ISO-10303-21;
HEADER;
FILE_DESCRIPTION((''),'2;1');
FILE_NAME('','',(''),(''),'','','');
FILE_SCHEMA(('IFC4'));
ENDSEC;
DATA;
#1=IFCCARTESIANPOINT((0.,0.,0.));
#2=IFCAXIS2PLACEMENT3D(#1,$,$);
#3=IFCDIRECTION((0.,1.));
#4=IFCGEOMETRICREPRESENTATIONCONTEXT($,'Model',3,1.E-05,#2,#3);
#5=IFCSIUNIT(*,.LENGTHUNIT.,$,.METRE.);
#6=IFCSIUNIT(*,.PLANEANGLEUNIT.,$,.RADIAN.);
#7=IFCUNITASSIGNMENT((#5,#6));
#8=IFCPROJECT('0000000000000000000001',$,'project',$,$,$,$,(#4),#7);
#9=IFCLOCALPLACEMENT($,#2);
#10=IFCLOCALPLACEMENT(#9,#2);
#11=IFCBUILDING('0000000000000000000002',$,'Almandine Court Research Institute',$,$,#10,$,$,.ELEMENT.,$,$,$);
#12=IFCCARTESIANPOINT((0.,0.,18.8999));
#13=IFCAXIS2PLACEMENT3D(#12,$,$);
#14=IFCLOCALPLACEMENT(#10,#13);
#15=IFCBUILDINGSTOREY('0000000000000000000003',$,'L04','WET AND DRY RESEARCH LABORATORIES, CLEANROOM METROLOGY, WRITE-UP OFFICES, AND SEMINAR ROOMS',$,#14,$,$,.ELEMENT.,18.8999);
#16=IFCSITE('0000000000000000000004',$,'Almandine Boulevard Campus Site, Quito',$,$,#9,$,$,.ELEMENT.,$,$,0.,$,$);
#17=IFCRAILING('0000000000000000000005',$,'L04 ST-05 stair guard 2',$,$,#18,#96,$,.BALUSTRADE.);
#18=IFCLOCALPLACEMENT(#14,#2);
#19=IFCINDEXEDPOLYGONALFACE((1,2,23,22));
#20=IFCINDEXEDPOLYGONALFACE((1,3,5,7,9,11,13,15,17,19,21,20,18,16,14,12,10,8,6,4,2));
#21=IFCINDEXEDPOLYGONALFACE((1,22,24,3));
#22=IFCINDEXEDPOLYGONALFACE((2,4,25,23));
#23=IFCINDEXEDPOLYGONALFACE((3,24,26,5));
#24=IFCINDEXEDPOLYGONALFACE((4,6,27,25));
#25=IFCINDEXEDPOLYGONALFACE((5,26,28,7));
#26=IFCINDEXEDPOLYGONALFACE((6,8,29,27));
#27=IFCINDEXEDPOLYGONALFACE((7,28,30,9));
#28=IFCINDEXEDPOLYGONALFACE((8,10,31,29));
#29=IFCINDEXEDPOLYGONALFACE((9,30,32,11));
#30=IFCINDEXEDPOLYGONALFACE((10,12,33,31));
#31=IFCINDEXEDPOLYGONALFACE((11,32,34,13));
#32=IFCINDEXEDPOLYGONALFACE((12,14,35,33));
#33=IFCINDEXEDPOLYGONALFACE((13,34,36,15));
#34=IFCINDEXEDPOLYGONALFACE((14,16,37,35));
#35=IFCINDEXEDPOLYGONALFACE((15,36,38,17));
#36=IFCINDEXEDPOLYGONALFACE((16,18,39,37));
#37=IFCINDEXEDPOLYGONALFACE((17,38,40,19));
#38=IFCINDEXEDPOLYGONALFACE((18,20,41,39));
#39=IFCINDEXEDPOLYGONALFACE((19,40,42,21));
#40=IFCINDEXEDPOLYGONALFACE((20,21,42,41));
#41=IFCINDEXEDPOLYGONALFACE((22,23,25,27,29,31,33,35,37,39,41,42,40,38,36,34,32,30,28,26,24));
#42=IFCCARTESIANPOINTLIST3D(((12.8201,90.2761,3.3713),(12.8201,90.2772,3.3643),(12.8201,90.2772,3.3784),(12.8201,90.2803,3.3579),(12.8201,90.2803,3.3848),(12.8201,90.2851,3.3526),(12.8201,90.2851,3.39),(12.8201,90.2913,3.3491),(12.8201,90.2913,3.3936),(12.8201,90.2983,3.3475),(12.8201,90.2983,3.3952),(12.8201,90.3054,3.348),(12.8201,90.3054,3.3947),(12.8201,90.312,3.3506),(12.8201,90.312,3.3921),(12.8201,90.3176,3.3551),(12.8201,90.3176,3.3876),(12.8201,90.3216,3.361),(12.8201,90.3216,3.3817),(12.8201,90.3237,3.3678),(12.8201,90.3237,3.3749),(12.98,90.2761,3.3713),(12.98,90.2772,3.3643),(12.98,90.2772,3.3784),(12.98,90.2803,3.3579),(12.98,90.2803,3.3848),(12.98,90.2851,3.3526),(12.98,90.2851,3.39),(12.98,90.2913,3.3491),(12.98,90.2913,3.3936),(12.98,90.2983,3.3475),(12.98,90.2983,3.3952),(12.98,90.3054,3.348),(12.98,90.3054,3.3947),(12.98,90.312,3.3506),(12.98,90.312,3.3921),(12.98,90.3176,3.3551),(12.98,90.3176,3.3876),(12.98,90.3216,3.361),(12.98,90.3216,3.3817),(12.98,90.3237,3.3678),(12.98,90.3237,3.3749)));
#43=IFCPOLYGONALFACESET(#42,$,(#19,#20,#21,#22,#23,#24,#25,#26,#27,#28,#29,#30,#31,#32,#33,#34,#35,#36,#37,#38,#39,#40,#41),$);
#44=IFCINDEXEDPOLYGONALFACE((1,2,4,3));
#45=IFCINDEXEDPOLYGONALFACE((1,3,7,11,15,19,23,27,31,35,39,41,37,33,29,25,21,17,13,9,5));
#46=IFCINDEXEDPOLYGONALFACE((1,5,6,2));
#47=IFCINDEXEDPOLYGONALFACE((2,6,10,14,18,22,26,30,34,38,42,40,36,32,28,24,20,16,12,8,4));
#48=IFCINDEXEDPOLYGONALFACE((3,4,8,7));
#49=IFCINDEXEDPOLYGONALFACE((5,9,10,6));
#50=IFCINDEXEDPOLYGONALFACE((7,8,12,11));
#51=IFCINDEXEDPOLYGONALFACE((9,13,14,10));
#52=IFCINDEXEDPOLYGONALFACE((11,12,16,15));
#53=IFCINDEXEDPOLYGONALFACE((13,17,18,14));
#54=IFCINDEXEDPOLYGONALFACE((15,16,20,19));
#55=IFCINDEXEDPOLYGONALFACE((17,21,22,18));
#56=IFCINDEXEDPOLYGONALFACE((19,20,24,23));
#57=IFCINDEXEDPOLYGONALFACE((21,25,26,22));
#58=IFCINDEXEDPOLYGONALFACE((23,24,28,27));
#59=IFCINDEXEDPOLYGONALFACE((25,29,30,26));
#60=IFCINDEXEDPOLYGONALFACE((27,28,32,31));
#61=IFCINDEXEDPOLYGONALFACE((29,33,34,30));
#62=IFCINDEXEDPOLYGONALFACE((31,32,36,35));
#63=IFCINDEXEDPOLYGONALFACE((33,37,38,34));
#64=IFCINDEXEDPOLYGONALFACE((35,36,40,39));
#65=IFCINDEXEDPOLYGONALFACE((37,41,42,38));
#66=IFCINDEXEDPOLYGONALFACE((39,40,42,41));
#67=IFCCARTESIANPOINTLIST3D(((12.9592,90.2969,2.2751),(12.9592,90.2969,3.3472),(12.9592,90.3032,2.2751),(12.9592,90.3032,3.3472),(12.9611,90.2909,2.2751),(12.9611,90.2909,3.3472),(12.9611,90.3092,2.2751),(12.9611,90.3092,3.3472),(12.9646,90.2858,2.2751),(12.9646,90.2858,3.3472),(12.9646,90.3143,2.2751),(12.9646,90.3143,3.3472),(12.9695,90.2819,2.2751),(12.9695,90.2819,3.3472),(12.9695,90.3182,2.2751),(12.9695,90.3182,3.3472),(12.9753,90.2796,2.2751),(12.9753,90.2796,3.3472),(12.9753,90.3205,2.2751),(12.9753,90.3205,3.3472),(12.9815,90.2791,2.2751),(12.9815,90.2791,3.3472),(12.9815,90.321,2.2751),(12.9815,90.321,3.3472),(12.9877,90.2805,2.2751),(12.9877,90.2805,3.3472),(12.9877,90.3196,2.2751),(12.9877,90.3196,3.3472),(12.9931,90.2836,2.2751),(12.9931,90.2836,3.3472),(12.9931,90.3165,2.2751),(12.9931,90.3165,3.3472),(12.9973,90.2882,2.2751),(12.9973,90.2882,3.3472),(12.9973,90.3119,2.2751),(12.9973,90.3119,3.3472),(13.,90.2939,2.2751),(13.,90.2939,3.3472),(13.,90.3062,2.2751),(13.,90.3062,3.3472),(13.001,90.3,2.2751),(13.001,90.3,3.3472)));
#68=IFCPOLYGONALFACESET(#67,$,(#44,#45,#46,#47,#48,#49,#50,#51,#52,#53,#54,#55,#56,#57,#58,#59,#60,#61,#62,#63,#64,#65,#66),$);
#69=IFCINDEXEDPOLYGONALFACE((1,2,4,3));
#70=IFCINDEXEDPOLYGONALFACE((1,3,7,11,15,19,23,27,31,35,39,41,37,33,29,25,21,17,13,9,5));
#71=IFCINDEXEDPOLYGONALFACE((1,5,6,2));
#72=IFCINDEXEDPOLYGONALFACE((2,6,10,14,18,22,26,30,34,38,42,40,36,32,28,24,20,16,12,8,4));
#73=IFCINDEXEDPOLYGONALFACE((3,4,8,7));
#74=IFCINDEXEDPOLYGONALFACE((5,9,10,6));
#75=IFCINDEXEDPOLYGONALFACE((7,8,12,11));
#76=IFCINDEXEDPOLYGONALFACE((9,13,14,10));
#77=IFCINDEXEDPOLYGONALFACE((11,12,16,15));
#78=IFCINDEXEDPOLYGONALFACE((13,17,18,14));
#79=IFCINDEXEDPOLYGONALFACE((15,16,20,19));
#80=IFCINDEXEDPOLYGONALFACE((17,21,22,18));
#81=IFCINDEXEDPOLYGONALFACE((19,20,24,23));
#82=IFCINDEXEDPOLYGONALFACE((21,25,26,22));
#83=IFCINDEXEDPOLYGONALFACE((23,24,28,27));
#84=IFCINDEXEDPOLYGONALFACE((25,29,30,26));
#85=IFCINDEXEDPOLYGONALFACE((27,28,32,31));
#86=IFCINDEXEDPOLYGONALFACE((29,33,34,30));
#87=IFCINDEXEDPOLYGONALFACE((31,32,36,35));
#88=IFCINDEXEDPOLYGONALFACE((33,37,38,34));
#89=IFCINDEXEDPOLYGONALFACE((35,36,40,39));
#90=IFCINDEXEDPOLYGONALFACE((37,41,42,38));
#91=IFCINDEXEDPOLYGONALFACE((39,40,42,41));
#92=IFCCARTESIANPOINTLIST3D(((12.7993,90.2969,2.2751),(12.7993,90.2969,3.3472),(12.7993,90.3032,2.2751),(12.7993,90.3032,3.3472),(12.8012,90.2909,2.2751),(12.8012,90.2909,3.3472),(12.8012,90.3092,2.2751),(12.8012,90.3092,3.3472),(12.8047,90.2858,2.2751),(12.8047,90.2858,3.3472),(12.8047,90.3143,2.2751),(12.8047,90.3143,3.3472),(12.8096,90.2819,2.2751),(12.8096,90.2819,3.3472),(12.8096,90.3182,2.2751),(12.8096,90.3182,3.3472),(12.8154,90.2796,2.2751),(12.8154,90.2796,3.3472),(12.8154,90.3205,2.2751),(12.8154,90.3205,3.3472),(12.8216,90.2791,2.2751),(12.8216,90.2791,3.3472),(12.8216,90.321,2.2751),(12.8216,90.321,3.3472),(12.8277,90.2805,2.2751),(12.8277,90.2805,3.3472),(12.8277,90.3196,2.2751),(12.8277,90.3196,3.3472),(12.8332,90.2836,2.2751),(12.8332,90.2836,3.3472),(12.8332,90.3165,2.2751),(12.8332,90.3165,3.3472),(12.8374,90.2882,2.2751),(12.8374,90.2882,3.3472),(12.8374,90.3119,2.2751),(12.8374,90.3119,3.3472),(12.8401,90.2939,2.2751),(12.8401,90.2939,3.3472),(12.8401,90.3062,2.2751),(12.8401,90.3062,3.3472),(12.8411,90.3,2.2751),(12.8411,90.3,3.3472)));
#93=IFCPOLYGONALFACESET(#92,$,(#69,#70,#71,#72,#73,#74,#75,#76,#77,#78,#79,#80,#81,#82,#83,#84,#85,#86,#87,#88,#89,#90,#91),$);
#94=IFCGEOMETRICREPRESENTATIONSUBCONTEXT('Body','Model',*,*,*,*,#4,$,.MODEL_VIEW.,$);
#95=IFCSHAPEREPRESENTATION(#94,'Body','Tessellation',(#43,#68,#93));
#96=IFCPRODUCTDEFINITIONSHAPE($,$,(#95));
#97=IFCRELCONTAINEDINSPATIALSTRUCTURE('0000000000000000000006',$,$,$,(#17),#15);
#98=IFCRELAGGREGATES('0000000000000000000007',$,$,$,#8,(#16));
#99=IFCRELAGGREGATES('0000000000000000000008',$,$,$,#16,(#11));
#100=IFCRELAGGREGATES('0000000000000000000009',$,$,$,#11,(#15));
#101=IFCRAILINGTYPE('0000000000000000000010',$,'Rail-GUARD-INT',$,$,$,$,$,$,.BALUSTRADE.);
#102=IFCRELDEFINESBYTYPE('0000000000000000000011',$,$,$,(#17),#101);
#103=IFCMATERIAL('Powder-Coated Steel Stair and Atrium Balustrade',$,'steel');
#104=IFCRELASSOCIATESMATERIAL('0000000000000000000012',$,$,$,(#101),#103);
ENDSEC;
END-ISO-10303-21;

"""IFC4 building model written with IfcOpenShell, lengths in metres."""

from ifc_helpers import new_model, si_unit, direction, frame, origin, origin_2d, place, context, subcontext, project, spatial, circle, extrude, material, type_object, element, save


model = new_model("IFC4")

# Units and contexts
model_context = context("Model", 3, precision=1e-05, world=origin(), true_north=direction((0.0, 1.0)))
body_context = subcontext(model_context, "Body", "Model", "MODEL_VIEW")
ifc_project = project(units=[si_unit("LENGTHUNIT", "METRE"), si_unit("PLANEANGLEUNIT", "RADIAN")], contexts=[model_context])

# Site, building, storey
site_placement = place(None, origin())
site = spatial("IfcSite", under=ifc_project, at=site_placement, Name="Almandine Boulevard Campus Site, Quito", CompositionType="ELEMENT", RefElevation=0.0)
building_placement = place(site_placement, origin())
building = spatial("IfcBuilding", under=site, at=building_placement, Name="Almandine Court Research Institute", CompositionType="ELEMENT")
storey_placement = place(building_placement, frame((0.0, 0.0, 18.8999)))
storey = spatial("IfcBuildingStorey", under=building, at=storey_placement, Name="L04", Description="WET AND DRY RESEARCH LABORATORIES, CLEANROOM METROLOGY, WRITE-UP OFFICES, AND SEMINAR ROOMS", CompositionType="ELEMENT", Elevation=18.8999)

# Railing
ifc_material_1 = material(Name="Powder-Coated Steel Stair and Atrium Balustrade", Category="steel")
railing_type_1 = type_object("IfcRailingType", Name="Rail-GUARD-INT", PredefinedType="BALUSTRADE", material=ifc_material_1)
railing_1_placement = place(storey_placement, frame((12.98, 90.3, 2.2751)))
element("IfcRailing", 1, at=railing_1_placement, inside=storey, type_object=railing_type_1, Name="L04 ST-05 stair guard 2", PredefinedType="BALUSTRADE", context=body_context, shape_type="SweptSolid", body=[
    extrude(circle(Radius=0.0239, at=origin_2d()), frame((0.0, 0.0, 1.0962), z_axis=(-1.0, 0.0, 0.0), x_axis=(0.0, -1.0, 0.0)), (0.0, 0.0, 1.0), 0.1599),
    extrude(circle(Radius=0.021, at=origin_2d()), origin(), (0.0, 0.0, 1.0), 1.072),
    extrude(circle(Radius=0.021, at=origin_2d()), frame((-0.1599, 0.0, 0.0)), (0.0, 0.0, 1.0), 1.072),
])

save(model, "model.ifc")
